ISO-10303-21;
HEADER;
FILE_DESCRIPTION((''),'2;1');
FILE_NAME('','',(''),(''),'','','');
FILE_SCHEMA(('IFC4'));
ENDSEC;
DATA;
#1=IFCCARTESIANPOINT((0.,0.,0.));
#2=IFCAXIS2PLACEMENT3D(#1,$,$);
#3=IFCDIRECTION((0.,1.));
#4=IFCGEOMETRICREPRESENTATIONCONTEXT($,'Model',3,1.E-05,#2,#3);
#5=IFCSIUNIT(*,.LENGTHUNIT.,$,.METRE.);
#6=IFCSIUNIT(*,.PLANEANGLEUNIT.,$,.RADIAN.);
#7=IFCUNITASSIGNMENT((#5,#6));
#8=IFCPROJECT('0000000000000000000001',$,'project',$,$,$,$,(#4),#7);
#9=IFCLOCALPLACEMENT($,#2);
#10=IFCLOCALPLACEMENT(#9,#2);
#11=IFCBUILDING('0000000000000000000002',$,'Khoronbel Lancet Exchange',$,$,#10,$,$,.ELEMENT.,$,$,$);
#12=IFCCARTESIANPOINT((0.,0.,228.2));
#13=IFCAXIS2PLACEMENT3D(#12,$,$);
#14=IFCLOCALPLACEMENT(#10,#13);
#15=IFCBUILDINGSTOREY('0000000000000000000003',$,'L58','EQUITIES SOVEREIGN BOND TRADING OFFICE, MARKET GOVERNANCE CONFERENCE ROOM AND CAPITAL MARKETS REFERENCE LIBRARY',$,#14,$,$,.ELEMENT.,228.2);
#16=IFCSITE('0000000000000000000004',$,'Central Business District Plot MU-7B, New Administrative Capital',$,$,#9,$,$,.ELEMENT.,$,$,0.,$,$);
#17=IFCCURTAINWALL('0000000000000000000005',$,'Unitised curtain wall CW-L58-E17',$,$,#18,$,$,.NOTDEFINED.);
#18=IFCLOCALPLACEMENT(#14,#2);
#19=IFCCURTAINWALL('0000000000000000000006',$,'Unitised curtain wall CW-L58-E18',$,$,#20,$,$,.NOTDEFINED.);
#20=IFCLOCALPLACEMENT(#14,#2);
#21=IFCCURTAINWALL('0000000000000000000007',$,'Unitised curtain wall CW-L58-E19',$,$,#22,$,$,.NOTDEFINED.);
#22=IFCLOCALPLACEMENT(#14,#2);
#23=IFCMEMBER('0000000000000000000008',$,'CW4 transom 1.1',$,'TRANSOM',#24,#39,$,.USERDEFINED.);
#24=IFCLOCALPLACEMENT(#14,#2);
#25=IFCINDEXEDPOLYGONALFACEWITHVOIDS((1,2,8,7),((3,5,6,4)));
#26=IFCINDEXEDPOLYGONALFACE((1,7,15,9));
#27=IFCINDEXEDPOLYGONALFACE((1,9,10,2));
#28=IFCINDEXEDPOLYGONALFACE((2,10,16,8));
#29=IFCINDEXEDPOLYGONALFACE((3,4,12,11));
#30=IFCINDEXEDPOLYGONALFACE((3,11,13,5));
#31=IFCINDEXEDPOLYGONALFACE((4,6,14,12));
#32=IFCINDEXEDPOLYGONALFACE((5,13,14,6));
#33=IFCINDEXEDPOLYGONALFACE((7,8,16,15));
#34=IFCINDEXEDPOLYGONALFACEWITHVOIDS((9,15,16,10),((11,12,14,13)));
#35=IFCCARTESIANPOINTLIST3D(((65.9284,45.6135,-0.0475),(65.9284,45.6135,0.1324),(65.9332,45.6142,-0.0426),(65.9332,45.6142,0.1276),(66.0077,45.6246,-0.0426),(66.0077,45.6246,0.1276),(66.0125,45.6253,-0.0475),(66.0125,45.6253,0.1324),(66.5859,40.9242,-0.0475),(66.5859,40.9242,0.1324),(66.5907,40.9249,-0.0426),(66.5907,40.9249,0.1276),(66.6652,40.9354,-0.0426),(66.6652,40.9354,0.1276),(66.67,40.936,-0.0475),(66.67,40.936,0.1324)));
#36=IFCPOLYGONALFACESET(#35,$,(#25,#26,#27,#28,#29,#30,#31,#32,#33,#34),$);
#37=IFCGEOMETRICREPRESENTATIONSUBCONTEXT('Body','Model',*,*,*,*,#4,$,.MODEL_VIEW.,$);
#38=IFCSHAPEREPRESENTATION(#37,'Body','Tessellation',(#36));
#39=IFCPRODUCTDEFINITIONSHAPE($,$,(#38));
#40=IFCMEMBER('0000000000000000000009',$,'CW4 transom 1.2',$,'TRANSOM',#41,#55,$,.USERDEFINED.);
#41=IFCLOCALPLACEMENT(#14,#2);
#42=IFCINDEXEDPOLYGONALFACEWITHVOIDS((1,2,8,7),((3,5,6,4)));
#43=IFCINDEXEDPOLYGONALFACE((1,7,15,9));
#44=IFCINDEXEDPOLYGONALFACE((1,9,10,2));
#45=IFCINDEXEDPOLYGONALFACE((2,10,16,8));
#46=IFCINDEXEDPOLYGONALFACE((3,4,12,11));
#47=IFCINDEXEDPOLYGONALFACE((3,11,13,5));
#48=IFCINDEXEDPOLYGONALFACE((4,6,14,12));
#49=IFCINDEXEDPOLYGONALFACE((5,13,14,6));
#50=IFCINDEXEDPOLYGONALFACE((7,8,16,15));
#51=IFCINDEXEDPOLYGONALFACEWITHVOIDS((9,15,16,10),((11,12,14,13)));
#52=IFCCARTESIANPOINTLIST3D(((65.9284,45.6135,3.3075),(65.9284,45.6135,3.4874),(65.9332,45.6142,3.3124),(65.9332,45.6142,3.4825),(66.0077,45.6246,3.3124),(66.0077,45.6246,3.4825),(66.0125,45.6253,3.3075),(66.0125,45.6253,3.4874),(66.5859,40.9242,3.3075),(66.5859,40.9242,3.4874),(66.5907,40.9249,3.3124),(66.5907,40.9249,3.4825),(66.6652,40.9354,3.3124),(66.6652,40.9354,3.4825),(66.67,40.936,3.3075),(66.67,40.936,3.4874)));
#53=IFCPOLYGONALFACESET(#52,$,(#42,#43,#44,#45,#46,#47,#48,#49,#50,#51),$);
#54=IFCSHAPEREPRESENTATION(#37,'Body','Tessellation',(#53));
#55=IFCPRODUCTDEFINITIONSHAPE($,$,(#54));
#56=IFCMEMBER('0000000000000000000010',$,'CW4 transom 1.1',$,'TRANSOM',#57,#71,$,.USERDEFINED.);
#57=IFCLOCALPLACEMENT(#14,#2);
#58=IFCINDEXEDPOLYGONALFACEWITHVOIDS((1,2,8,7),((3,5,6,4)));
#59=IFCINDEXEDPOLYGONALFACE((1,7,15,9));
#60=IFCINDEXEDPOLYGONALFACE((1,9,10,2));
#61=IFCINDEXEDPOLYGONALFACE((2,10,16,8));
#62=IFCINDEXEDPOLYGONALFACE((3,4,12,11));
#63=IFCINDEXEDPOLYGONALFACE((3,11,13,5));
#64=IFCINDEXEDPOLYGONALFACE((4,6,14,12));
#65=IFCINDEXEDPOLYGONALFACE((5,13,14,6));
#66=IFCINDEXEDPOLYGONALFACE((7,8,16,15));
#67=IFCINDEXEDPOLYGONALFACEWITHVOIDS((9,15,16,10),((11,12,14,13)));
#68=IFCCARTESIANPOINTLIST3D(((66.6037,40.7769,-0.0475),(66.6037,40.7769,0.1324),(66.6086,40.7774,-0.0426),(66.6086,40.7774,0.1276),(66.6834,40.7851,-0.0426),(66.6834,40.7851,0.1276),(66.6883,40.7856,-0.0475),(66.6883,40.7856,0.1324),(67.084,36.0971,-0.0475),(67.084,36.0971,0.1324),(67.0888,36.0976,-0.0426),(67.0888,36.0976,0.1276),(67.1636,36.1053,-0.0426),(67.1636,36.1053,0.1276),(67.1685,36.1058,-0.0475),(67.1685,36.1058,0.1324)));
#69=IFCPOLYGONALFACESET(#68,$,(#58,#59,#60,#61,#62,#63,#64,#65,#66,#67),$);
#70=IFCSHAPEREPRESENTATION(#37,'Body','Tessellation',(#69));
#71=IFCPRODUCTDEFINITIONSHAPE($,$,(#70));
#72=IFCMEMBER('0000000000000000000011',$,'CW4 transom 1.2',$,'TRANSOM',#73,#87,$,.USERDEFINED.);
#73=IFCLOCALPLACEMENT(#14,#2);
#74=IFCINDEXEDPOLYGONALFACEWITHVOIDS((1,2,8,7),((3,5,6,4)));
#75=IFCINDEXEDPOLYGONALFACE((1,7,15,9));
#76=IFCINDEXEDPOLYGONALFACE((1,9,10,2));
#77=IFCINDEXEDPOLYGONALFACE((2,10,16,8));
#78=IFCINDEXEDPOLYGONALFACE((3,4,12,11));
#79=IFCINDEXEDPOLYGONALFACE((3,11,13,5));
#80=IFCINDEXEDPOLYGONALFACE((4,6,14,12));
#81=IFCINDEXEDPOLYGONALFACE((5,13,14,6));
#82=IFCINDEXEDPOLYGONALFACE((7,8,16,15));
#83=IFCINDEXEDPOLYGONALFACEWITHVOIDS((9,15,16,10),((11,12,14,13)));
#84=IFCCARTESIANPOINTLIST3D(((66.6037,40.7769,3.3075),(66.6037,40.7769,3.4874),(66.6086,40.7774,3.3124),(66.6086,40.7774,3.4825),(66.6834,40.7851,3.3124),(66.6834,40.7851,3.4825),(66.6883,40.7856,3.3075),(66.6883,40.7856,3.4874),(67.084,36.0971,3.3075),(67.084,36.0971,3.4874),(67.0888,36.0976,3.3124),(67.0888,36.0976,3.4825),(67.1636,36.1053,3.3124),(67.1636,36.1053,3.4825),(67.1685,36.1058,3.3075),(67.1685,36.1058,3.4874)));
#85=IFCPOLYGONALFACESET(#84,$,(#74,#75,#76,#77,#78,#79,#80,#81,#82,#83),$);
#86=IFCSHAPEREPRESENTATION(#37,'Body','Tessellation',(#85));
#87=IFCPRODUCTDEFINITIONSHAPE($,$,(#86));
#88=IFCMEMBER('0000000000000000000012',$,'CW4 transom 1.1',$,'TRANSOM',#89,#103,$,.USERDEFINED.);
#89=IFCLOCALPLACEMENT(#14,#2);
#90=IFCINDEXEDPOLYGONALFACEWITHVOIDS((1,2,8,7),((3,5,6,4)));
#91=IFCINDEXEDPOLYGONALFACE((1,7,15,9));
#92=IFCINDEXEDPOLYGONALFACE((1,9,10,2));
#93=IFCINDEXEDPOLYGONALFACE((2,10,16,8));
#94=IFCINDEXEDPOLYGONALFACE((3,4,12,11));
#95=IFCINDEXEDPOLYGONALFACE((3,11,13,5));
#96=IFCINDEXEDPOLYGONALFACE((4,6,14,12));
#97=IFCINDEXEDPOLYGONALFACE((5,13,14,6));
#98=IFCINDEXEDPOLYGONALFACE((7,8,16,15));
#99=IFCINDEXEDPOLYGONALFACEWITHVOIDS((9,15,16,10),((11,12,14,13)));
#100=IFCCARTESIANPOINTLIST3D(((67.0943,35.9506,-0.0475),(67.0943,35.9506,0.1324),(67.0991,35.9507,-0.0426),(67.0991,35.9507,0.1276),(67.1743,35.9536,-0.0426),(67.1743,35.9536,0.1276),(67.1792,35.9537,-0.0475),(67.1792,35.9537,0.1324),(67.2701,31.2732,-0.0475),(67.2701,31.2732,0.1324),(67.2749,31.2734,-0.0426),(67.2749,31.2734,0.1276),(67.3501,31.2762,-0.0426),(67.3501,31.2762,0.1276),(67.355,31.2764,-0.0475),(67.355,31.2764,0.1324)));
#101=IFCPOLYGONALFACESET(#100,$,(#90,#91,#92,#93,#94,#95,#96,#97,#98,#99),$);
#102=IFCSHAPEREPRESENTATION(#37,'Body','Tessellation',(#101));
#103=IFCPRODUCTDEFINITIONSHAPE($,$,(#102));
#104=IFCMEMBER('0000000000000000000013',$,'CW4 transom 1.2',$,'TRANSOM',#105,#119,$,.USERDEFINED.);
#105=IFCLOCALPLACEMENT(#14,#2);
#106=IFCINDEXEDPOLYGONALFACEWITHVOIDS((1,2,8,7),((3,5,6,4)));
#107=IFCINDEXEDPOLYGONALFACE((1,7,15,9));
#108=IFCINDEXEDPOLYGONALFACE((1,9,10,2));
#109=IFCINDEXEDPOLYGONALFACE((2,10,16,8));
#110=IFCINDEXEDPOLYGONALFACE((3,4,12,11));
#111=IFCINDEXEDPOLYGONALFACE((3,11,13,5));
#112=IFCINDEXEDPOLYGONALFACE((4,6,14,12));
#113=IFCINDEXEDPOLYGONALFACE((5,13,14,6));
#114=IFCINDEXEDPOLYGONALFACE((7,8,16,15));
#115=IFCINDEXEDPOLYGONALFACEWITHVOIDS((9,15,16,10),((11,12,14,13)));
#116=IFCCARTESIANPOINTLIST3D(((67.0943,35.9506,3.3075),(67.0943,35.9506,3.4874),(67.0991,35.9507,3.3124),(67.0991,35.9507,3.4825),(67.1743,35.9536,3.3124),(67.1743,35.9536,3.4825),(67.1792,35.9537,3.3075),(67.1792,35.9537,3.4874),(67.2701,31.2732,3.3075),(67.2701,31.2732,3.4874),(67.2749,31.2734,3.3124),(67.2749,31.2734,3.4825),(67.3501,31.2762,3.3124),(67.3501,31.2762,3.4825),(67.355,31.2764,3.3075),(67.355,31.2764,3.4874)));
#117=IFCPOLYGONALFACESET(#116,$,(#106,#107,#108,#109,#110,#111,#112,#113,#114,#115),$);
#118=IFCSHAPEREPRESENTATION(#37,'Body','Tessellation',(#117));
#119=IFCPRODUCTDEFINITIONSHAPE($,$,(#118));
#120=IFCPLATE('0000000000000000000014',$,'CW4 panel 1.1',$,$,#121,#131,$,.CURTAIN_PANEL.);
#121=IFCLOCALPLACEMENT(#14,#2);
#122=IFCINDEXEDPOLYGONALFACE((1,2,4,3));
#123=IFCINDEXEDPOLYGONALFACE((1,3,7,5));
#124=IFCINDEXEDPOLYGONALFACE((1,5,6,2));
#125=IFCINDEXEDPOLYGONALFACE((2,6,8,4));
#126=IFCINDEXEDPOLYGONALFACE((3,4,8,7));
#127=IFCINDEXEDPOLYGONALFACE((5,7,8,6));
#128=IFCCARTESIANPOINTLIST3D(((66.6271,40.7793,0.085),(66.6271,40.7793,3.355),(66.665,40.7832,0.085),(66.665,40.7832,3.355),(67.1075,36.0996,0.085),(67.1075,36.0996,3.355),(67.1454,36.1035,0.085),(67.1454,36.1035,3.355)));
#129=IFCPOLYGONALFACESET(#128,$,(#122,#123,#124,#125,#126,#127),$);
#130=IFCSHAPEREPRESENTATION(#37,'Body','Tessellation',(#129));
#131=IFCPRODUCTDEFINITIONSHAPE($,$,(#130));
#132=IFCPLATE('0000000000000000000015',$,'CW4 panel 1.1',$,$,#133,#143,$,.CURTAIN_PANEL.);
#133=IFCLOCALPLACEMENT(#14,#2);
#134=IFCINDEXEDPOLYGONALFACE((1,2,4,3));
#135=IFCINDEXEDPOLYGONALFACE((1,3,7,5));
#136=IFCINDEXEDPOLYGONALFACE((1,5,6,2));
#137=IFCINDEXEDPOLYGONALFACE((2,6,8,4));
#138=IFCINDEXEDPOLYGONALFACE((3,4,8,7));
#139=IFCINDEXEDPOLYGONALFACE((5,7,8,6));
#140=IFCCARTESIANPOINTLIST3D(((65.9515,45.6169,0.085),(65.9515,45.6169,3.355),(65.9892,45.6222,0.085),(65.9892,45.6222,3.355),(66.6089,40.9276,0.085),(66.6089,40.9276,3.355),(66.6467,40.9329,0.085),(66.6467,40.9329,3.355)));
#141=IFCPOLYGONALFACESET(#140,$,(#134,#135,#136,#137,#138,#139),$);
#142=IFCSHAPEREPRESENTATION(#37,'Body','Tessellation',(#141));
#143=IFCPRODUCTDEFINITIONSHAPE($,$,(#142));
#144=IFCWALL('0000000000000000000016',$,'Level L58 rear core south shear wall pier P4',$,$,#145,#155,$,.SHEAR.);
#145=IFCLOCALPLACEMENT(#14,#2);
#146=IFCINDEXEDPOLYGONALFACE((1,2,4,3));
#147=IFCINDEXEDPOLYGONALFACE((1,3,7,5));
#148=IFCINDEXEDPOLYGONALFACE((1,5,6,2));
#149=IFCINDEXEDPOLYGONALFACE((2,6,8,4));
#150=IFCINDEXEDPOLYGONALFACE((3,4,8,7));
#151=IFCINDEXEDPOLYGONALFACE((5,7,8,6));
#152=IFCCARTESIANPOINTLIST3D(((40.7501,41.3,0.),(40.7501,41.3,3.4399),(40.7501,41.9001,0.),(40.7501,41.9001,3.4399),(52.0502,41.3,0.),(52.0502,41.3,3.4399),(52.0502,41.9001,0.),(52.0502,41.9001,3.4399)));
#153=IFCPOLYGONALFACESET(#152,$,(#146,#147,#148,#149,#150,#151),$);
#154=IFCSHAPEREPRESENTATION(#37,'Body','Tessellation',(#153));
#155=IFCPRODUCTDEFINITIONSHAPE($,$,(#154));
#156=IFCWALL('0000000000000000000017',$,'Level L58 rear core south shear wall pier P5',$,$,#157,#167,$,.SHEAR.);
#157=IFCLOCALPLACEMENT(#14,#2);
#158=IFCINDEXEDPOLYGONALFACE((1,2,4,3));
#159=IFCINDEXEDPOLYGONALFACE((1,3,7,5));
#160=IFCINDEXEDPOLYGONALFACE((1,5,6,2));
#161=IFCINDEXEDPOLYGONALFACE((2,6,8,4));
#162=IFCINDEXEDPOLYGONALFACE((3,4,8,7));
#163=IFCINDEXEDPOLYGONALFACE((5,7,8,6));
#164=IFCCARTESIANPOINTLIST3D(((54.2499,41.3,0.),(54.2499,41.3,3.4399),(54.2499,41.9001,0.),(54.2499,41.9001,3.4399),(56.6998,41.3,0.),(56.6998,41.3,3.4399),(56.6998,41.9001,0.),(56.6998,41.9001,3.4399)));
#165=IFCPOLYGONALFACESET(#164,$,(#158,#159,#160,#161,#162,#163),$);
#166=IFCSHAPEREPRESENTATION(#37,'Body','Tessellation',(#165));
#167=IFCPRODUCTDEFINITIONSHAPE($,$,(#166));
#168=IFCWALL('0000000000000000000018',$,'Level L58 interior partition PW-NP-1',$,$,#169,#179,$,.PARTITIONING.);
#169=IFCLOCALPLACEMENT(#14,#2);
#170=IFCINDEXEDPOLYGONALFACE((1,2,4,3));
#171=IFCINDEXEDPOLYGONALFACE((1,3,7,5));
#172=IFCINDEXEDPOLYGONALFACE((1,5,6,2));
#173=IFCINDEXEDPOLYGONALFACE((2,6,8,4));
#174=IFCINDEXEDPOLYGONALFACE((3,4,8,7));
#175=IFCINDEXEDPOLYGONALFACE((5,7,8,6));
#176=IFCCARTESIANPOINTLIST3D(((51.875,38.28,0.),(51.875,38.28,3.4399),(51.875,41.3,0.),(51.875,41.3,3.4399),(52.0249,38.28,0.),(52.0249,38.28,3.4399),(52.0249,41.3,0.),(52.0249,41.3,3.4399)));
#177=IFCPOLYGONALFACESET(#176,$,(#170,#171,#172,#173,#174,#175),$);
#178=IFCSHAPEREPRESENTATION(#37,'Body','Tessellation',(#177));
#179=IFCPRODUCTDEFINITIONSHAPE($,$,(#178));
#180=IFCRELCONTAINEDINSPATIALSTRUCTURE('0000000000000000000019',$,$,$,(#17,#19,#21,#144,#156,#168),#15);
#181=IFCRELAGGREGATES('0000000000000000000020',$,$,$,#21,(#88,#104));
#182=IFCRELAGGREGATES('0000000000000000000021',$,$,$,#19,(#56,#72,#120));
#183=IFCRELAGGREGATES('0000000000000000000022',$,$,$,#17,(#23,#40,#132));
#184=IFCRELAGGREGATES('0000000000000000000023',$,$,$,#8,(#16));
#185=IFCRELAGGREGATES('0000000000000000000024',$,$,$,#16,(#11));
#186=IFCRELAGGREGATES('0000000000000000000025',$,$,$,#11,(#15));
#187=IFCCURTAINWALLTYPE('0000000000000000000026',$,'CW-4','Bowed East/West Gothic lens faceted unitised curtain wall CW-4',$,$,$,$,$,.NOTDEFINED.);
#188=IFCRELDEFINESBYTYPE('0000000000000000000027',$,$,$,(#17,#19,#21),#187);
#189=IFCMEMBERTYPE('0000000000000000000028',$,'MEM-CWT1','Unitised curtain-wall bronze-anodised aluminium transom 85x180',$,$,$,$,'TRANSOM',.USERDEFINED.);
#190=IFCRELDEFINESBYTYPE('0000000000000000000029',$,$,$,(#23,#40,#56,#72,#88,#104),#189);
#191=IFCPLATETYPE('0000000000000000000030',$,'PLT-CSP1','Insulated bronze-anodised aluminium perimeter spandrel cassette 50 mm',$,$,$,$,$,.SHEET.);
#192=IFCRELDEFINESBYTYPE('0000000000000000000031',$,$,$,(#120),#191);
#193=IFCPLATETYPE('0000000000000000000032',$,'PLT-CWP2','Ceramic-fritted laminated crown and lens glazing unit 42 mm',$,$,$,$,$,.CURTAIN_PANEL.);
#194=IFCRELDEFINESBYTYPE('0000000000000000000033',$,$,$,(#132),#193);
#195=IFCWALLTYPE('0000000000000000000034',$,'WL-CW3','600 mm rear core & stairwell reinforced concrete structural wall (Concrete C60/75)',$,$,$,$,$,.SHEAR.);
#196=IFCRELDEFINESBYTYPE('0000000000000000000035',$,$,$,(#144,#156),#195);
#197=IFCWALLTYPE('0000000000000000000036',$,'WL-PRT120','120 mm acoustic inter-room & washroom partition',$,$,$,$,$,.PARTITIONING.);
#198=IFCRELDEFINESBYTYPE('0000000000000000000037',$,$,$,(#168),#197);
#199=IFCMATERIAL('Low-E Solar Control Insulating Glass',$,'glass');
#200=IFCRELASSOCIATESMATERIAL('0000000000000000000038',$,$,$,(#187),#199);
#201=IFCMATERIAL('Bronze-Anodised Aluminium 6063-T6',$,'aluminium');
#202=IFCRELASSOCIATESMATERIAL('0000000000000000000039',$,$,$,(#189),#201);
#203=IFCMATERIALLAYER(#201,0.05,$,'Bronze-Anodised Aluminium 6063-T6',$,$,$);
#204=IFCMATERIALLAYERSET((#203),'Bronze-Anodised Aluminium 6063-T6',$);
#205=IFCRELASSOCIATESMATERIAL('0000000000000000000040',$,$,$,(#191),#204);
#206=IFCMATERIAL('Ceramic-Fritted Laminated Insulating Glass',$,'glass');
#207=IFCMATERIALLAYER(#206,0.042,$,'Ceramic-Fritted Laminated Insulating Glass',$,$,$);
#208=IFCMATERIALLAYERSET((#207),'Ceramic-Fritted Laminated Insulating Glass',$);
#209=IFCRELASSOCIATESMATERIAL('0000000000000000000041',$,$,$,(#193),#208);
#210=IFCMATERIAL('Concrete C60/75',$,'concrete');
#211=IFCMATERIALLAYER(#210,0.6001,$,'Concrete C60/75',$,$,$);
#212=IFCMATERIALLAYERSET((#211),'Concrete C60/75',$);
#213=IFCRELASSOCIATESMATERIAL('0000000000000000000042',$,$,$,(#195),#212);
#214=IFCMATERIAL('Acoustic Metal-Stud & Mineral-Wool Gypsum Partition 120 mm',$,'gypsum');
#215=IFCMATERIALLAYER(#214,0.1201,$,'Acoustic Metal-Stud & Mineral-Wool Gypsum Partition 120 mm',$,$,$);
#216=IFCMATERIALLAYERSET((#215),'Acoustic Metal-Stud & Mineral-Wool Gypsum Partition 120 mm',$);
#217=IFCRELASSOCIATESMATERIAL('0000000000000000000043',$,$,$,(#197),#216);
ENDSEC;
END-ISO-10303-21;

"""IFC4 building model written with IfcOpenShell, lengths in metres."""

from ifc_helpers import new_model, si_unit, direction, frame, frame_2d, origin, origin_2d, place, context, subcontext, project, spatial, rectangle, hollow_rectangle, extrude, material, layer, layer_set, material_profile, profile_set, type_object, element, aggregate, save


model = new_model("IFC4")

# Units and contexts
model_context = context("Model", 3, precision=1e-05, world=origin(), true_north=direction((0.0, 1.0)))
body_context = subcontext(model_context, "Body", "Model", "MODEL_VIEW")
ifc_project = project(units=[si_unit("LENGTHUNIT", "METRE"), si_unit("PLANEANGLEUNIT", "RADIAN")], contexts=[model_context])

# Site, building, storey
site_placement = place(None, origin())
site = spatial("IfcSite", under=ifc_project, at=site_placement, Name="Central Business District Plot MU-7B, New Administrative Capital", CompositionType="ELEMENT", RefElevation=0.0)
building_placement = place(site_placement, origin())
building = spatial("IfcBuilding", under=site, at=building_placement, Name="Khoronbel Lancet Exchange", CompositionType="ELEMENT")
storey_placement = place(building_placement, frame((0.0, 0.0, 228.2)))
storey = spatial("IfcBuildingStorey", under=building, at=storey_placement, Name="L58", Description="EQUITIES SOVEREIGN BOND TRADING OFFICE, MARKET GOVERNANCE CONFERENCE ROOM AND CAPITAL MARKETS REFERENCE LIBRARY", CompositionType="ELEMENT", Elevation=228.2)

# Shared definitions
ifc_material_1 = material(Name="Concrete C60/75", Category="concrete")

# Curtain wall
ifc_material_2 = material(Name="Low-E Solar Control Insulating Glass", Category="glass")
curtain_wall_type = type_object("IfcCurtainWallType", Name="CW-4", Description="Bowed East/West Gothic lens faceted unitised curtain wall CW-4", PredefinedType="NOTDEFINED", material=ifc_material_2)
curtain_wall_1_placement = place(storey_placement, origin())
curtain_wall_1 = element("IfcCurtainWall", 1, at=curtain_wall_1_placement, inside=storey, type_object=curtain_wall_type, Name="Unitised curtain wall CW-L58-E17", PredefinedType="NOTDEFINED")
ifc_material_3 = material(Name="Bronze-Anodised Aluminium 6063-T6", Category="aluminium")

# Curtain wall
curtain_wall_2_placement = place(storey_placement, origin())
curtain_wall_2 = element("IfcCurtainWall", 2, at=curtain_wall_2_placement, inside=storey, type_object=curtain_wall_type, Name="Unitised curtain wall CW-L58-E18", PredefinedType="NOTDEFINED")

# Curtain wall
curtain_wall_3_placement = place(storey_placement, origin())
curtain_wall_3 = element("IfcCurtainWall", 3, at=curtain_wall_3_placement, inside=storey, type_object=curtain_wall_type, Name="Unitised curtain wall CW-L58-E19", PredefinedType="NOTDEFINED")

# Members
ifc_material_profile_1 = material_profile(ifc_material_3, hollow_rectangle(XDim=0.085, YDim=0.1799, WallThickness=0.0049, at=origin_2d()), Name="ALU TRANSOM 85x180")
ifc_profile_set_1 = profile_set([ifc_material_profile_1], Name="Bronze-Anodised Aluminium 6063-T6")
member_type_1 = type_object("IfcMemberType", Name="MEM-CWT1", Description="Unitised curtain-wall bronze-anodised aluminium transom 85x180", ElementType="TRANSOM", PredefinedType="USERDEFINED", material=ifc_profile_set_1)
member_1_placement = place(storey_placement, frame((65.9705, 45.6194, 0.0425), z_axis=(0.138851, -0.990313, 0.0), x_axis=(0.990313, 0.138851, 0.0)))
member_1 = element("IfcMember", 4, at=member_1_placement, type_object=member_type_1, Name="CW4 transom 1.1", ObjectType="TRANSOM", PredefinedType="USERDEFINED", context=body_context, shape_type="SweptSolid", body=[
    extrude(hollow_rectangle(XDim=0.085, YDim=0.1799, WallThickness=0.0049, at=origin_2d()), origin(), (0.0, 0.0, 1.0), 4.7351),
])
member_2_placement = place(storey_placement, frame((65.9705, 45.6194, 3.3975), z_axis=(0.138851, -0.990313, 0.0), x_axis=(0.990313, 0.138851, 0.0)))
member_2 = element("IfcMember", 5, at=member_2_placement, type_object=member_type_1, Name="CW4 transom 1.2", ObjectType="TRANSOM", PredefinedType="USERDEFINED", context=body_context, shape_type="SweptSolid", body=[
    extrude(hollow_rectangle(XDim=0.085, YDim=0.1799, WallThickness=0.0049, at=origin_2d()), origin(), (0.0, 0.0, 1.0), 4.7351),
])
member_3_placement = place(storey_placement, frame((66.646, 40.7812, 0.0425), z_axis=(0.102083, -0.994776, 0.0), x_axis=(0.994776, 0.102083, 0.0)))
member_3 = element("IfcMember", 6, at=member_3_placement, type_object=member_type_1, Name="CW4 transom 1.1", ObjectType="TRANSOM", PredefinedType="USERDEFINED", context=body_context, shape_type="SweptSolid", body=[
    extrude(hollow_rectangle(XDim=0.085, YDim=0.1799, WallThickness=0.0049, at=origin_2d()), origin(), (0.0, 0.0, 1.0), 4.7043),
])
member_4_placement = place(storey_placement, frame((66.646, 40.7812, 3.3975), z_axis=(0.102083, -0.994776, 0.0), x_axis=(0.994776, 0.102083, 0.0)))
member_4 = element("IfcMember", 7, at=member_4_placement, type_object=member_type_1, Name="CW4 transom 1.2", ObjectType="TRANSOM", PredefinedType="USERDEFINED", context=body_context, shape_type="SweptSolid", body=[
    extrude(hollow_rectangle(XDim=0.085, YDim=0.1799, WallThickness=0.0049, at=origin_2d()), origin(), (0.0, 0.0, 1.0), 4.7043),
])
member_5_placement = place(storey_placement, frame((67.1367, 35.9521, 0.0425), z_axis=(0.037556, -0.999295, 0.0), x_axis=(0.999295, 0.037556, 0.0)))
member_5 = element("IfcMember", 8, at=member_5_placement, type_object=member_type_1, Name="CW4 transom 1.1", ObjectType="TRANSOM", PredefinedType="USERDEFINED", context=body_context, shape_type="SweptSolid", body=[
    extrude(hollow_rectangle(XDim=0.085, YDim=0.1799, WallThickness=0.0049, at=origin_2d()), origin(), (0.0, 0.0, 1.0), 4.6807),
])
member_6_placement = place(storey_placement, frame((67.1367, 35.9521, 3.3975), z_axis=(0.037556, -0.999295, 0.0), x_axis=(0.999295, 0.037556, 0.0)))
member_6 = element("IfcMember", 9, at=member_6_placement, type_object=member_type_1, Name="CW4 transom 1.2", ObjectType="TRANSOM", PredefinedType="USERDEFINED", context=body_context, shape_type="SweptSolid", body=[
    extrude(hollow_rectangle(XDim=0.085, YDim=0.1799, WallThickness=0.0049, at=origin_2d()), origin(), (0.0, 0.0, 1.0), 4.6807),
])
aggregate(curtain_wall_3, [member_5, member_6])

# Plates
ifc_layer_1 = layer(ifc_material_3, 0.05, Name="Bronze-Anodised Aluminium 6063-T6")
ifc_layer_set_1 = layer_set([ifc_layer_1], Name="Bronze-Anodised Aluminium 6063-T6")
plate_type_1 = type_object("IfcPlateType", Name="PLT-CSP1", Description="Insulated bronze-anodised aluminium perimeter spandrel cassette 50 mm", PredefinedType="SHEET", material=ifc_layer_set_1)
plate_1_placement = place(storey_placement, frame((66.8862, 38.4414, 0.085), z_axis=(0.0, 0.0, 1.0), x_axis=(0.102116, -0.994772, 0.0)))
plate_1 = element("IfcPlate", 10, at=plate_1_placement, type_object=plate_type_1, Name="CW4 panel 1.1", PredefinedType="CURTAIN_PANEL", context=body_context, shape_type="SweptSolid", body=[
    extrude(rectangle(XDim=4.7043, YDim=0.0381, at=origin_2d()), origin(), (0.0, 0.0, 1.0), 3.27),
])
aggregate(curtain_wall_2, [member_3, member_4, plate_1])
ifc_material_4 = material(Name="Ceramic-Fritted Laminated Insulating Glass", Category="glass")
ifc_layer_2 = layer(ifc_material_4, 0.042, Name="Ceramic-Fritted Laminated Insulating Glass")
ifc_layer_set_2 = layer_set([ifc_layer_2], Name="Ceramic-Fritted Laminated Insulating Glass")
plate_type_2 = type_object("IfcPlateType", Name="PLT-CWP2", Description="Ceramic-fritted laminated crown and lens glazing unit 42 mm", PredefinedType="CURTAIN_PANEL", material=ifc_layer_set_2)
plate_2_placement = place(storey_placement, frame((66.2991, 43.2749, 0.085), z_axis=(0.0, 0.0, 1.0), x_axis=(0.13885, -0.990313, 0.0)))
plate_2 = element("IfcPlate", 11, at=plate_2_placement, type_object=plate_type_2, Name="CW4 panel 1.1", PredefinedType="CURTAIN_PANEL", context=body_context, shape_type="SweptSolid", body=[
    extrude(rectangle(XDim=4.7351, YDim=0.0381, at=origin_2d()), origin(), (0.0, 0.0, 1.0), 3.27),
])
aggregate(curtain_wall_1, [member_1, member_2, plate_2])

# Walls
ifc_layer_3 = layer(ifc_material_1, 0.6001, Name="Concrete C60/75")
ifc_layer_set_3 = layer_set([ifc_layer_3], Name="Concrete C60/75")
wall_type_1 = type_object("IfcWallType", Name="WL-CW3", Description="600 mm rear core & stairwell reinforced concrete structural wall (Concrete C60/75)", PredefinedType="SHEAR", material=ifc_layer_set_3)
wall_1_placement = place(storey_placement, frame((52.05, 41.6001, 0.0), z_axis=(0.0, 0.0, 1.0), x_axis=(-1.0, 0.0, 0.0)))
element("IfcWall", 12, at=wall_1_placement, inside=storey, type_object=wall_type_1, Name="Level L58 rear core south shear wall pier P4", PredefinedType="SHEAR", context=body_context, shape_type="SweptSolid", body=[
    extrude(rectangle(XDim=11.3, YDim=0.6001, at=frame_2d((5.6499, 0.0))), origin(), (0.0, 0.0, 1.0), 3.4399),
])
wall_2_placement = place(storey_placement, frame((56.7, 41.6001, 0.0), z_axis=(0.0, 0.0, 1.0), x_axis=(-1.0, 0.0, 0.0)))
element("IfcWall", 13, at=wall_2_placement, inside=storey, type_object=wall_type_1, Name="Level L58 rear core south shear wall pier P5", PredefinedType="SHEAR", context=body_context, shape_type="SweptSolid", body=[
    extrude(rectangle(XDim=2.45, YDim=0.6001, at=frame_2d((1.2251, 0.0))), origin(), (0.0, 0.0, 1.0), 3.4399),
])
ifc_material_5 = material(Name="Acoustic Metal-Stud & Mineral-Wool Gypsum Partition 120 mm", Category="gypsum")
ifc_layer_4 = layer(ifc_material_5, 0.1201, Name="Acoustic Metal-Stud & Mineral-Wool Gypsum Partition 120 mm")
ifc_layer_set_4 = layer_set([ifc_layer_4], Name="Acoustic Metal-Stud & Mineral-Wool Gypsum Partition 120 mm")
wall_type_2 = type_object("IfcWallType", Name="WL-PRT120", Description="120 mm acoustic inter-room & washroom partition", PredefinedType="PARTITIONING", material=ifc_layer_set_4)
wall_3_placement = place(storey_placement, frame((51.95, 38.28, 0.0), z_axis=(0.0, 0.0, 1.0), x_axis=(0.0, 1.0, 0.0)))
element("IfcWall", 14, at=wall_3_placement, inside=storey, type_object=wall_type_2, Name="Level L58 interior partition PW-NP-1", PredefinedType="PARTITIONING", context=body_context, shape_type="SweptSolid", body=[
    extrude(rectangle(XDim=3.02, YDim=0.1499, at=frame_2d((1.51, 0.0))), origin(), (0.0, 0.0, 1.0), 3.4399),
])

save(model, "model.ifc")
